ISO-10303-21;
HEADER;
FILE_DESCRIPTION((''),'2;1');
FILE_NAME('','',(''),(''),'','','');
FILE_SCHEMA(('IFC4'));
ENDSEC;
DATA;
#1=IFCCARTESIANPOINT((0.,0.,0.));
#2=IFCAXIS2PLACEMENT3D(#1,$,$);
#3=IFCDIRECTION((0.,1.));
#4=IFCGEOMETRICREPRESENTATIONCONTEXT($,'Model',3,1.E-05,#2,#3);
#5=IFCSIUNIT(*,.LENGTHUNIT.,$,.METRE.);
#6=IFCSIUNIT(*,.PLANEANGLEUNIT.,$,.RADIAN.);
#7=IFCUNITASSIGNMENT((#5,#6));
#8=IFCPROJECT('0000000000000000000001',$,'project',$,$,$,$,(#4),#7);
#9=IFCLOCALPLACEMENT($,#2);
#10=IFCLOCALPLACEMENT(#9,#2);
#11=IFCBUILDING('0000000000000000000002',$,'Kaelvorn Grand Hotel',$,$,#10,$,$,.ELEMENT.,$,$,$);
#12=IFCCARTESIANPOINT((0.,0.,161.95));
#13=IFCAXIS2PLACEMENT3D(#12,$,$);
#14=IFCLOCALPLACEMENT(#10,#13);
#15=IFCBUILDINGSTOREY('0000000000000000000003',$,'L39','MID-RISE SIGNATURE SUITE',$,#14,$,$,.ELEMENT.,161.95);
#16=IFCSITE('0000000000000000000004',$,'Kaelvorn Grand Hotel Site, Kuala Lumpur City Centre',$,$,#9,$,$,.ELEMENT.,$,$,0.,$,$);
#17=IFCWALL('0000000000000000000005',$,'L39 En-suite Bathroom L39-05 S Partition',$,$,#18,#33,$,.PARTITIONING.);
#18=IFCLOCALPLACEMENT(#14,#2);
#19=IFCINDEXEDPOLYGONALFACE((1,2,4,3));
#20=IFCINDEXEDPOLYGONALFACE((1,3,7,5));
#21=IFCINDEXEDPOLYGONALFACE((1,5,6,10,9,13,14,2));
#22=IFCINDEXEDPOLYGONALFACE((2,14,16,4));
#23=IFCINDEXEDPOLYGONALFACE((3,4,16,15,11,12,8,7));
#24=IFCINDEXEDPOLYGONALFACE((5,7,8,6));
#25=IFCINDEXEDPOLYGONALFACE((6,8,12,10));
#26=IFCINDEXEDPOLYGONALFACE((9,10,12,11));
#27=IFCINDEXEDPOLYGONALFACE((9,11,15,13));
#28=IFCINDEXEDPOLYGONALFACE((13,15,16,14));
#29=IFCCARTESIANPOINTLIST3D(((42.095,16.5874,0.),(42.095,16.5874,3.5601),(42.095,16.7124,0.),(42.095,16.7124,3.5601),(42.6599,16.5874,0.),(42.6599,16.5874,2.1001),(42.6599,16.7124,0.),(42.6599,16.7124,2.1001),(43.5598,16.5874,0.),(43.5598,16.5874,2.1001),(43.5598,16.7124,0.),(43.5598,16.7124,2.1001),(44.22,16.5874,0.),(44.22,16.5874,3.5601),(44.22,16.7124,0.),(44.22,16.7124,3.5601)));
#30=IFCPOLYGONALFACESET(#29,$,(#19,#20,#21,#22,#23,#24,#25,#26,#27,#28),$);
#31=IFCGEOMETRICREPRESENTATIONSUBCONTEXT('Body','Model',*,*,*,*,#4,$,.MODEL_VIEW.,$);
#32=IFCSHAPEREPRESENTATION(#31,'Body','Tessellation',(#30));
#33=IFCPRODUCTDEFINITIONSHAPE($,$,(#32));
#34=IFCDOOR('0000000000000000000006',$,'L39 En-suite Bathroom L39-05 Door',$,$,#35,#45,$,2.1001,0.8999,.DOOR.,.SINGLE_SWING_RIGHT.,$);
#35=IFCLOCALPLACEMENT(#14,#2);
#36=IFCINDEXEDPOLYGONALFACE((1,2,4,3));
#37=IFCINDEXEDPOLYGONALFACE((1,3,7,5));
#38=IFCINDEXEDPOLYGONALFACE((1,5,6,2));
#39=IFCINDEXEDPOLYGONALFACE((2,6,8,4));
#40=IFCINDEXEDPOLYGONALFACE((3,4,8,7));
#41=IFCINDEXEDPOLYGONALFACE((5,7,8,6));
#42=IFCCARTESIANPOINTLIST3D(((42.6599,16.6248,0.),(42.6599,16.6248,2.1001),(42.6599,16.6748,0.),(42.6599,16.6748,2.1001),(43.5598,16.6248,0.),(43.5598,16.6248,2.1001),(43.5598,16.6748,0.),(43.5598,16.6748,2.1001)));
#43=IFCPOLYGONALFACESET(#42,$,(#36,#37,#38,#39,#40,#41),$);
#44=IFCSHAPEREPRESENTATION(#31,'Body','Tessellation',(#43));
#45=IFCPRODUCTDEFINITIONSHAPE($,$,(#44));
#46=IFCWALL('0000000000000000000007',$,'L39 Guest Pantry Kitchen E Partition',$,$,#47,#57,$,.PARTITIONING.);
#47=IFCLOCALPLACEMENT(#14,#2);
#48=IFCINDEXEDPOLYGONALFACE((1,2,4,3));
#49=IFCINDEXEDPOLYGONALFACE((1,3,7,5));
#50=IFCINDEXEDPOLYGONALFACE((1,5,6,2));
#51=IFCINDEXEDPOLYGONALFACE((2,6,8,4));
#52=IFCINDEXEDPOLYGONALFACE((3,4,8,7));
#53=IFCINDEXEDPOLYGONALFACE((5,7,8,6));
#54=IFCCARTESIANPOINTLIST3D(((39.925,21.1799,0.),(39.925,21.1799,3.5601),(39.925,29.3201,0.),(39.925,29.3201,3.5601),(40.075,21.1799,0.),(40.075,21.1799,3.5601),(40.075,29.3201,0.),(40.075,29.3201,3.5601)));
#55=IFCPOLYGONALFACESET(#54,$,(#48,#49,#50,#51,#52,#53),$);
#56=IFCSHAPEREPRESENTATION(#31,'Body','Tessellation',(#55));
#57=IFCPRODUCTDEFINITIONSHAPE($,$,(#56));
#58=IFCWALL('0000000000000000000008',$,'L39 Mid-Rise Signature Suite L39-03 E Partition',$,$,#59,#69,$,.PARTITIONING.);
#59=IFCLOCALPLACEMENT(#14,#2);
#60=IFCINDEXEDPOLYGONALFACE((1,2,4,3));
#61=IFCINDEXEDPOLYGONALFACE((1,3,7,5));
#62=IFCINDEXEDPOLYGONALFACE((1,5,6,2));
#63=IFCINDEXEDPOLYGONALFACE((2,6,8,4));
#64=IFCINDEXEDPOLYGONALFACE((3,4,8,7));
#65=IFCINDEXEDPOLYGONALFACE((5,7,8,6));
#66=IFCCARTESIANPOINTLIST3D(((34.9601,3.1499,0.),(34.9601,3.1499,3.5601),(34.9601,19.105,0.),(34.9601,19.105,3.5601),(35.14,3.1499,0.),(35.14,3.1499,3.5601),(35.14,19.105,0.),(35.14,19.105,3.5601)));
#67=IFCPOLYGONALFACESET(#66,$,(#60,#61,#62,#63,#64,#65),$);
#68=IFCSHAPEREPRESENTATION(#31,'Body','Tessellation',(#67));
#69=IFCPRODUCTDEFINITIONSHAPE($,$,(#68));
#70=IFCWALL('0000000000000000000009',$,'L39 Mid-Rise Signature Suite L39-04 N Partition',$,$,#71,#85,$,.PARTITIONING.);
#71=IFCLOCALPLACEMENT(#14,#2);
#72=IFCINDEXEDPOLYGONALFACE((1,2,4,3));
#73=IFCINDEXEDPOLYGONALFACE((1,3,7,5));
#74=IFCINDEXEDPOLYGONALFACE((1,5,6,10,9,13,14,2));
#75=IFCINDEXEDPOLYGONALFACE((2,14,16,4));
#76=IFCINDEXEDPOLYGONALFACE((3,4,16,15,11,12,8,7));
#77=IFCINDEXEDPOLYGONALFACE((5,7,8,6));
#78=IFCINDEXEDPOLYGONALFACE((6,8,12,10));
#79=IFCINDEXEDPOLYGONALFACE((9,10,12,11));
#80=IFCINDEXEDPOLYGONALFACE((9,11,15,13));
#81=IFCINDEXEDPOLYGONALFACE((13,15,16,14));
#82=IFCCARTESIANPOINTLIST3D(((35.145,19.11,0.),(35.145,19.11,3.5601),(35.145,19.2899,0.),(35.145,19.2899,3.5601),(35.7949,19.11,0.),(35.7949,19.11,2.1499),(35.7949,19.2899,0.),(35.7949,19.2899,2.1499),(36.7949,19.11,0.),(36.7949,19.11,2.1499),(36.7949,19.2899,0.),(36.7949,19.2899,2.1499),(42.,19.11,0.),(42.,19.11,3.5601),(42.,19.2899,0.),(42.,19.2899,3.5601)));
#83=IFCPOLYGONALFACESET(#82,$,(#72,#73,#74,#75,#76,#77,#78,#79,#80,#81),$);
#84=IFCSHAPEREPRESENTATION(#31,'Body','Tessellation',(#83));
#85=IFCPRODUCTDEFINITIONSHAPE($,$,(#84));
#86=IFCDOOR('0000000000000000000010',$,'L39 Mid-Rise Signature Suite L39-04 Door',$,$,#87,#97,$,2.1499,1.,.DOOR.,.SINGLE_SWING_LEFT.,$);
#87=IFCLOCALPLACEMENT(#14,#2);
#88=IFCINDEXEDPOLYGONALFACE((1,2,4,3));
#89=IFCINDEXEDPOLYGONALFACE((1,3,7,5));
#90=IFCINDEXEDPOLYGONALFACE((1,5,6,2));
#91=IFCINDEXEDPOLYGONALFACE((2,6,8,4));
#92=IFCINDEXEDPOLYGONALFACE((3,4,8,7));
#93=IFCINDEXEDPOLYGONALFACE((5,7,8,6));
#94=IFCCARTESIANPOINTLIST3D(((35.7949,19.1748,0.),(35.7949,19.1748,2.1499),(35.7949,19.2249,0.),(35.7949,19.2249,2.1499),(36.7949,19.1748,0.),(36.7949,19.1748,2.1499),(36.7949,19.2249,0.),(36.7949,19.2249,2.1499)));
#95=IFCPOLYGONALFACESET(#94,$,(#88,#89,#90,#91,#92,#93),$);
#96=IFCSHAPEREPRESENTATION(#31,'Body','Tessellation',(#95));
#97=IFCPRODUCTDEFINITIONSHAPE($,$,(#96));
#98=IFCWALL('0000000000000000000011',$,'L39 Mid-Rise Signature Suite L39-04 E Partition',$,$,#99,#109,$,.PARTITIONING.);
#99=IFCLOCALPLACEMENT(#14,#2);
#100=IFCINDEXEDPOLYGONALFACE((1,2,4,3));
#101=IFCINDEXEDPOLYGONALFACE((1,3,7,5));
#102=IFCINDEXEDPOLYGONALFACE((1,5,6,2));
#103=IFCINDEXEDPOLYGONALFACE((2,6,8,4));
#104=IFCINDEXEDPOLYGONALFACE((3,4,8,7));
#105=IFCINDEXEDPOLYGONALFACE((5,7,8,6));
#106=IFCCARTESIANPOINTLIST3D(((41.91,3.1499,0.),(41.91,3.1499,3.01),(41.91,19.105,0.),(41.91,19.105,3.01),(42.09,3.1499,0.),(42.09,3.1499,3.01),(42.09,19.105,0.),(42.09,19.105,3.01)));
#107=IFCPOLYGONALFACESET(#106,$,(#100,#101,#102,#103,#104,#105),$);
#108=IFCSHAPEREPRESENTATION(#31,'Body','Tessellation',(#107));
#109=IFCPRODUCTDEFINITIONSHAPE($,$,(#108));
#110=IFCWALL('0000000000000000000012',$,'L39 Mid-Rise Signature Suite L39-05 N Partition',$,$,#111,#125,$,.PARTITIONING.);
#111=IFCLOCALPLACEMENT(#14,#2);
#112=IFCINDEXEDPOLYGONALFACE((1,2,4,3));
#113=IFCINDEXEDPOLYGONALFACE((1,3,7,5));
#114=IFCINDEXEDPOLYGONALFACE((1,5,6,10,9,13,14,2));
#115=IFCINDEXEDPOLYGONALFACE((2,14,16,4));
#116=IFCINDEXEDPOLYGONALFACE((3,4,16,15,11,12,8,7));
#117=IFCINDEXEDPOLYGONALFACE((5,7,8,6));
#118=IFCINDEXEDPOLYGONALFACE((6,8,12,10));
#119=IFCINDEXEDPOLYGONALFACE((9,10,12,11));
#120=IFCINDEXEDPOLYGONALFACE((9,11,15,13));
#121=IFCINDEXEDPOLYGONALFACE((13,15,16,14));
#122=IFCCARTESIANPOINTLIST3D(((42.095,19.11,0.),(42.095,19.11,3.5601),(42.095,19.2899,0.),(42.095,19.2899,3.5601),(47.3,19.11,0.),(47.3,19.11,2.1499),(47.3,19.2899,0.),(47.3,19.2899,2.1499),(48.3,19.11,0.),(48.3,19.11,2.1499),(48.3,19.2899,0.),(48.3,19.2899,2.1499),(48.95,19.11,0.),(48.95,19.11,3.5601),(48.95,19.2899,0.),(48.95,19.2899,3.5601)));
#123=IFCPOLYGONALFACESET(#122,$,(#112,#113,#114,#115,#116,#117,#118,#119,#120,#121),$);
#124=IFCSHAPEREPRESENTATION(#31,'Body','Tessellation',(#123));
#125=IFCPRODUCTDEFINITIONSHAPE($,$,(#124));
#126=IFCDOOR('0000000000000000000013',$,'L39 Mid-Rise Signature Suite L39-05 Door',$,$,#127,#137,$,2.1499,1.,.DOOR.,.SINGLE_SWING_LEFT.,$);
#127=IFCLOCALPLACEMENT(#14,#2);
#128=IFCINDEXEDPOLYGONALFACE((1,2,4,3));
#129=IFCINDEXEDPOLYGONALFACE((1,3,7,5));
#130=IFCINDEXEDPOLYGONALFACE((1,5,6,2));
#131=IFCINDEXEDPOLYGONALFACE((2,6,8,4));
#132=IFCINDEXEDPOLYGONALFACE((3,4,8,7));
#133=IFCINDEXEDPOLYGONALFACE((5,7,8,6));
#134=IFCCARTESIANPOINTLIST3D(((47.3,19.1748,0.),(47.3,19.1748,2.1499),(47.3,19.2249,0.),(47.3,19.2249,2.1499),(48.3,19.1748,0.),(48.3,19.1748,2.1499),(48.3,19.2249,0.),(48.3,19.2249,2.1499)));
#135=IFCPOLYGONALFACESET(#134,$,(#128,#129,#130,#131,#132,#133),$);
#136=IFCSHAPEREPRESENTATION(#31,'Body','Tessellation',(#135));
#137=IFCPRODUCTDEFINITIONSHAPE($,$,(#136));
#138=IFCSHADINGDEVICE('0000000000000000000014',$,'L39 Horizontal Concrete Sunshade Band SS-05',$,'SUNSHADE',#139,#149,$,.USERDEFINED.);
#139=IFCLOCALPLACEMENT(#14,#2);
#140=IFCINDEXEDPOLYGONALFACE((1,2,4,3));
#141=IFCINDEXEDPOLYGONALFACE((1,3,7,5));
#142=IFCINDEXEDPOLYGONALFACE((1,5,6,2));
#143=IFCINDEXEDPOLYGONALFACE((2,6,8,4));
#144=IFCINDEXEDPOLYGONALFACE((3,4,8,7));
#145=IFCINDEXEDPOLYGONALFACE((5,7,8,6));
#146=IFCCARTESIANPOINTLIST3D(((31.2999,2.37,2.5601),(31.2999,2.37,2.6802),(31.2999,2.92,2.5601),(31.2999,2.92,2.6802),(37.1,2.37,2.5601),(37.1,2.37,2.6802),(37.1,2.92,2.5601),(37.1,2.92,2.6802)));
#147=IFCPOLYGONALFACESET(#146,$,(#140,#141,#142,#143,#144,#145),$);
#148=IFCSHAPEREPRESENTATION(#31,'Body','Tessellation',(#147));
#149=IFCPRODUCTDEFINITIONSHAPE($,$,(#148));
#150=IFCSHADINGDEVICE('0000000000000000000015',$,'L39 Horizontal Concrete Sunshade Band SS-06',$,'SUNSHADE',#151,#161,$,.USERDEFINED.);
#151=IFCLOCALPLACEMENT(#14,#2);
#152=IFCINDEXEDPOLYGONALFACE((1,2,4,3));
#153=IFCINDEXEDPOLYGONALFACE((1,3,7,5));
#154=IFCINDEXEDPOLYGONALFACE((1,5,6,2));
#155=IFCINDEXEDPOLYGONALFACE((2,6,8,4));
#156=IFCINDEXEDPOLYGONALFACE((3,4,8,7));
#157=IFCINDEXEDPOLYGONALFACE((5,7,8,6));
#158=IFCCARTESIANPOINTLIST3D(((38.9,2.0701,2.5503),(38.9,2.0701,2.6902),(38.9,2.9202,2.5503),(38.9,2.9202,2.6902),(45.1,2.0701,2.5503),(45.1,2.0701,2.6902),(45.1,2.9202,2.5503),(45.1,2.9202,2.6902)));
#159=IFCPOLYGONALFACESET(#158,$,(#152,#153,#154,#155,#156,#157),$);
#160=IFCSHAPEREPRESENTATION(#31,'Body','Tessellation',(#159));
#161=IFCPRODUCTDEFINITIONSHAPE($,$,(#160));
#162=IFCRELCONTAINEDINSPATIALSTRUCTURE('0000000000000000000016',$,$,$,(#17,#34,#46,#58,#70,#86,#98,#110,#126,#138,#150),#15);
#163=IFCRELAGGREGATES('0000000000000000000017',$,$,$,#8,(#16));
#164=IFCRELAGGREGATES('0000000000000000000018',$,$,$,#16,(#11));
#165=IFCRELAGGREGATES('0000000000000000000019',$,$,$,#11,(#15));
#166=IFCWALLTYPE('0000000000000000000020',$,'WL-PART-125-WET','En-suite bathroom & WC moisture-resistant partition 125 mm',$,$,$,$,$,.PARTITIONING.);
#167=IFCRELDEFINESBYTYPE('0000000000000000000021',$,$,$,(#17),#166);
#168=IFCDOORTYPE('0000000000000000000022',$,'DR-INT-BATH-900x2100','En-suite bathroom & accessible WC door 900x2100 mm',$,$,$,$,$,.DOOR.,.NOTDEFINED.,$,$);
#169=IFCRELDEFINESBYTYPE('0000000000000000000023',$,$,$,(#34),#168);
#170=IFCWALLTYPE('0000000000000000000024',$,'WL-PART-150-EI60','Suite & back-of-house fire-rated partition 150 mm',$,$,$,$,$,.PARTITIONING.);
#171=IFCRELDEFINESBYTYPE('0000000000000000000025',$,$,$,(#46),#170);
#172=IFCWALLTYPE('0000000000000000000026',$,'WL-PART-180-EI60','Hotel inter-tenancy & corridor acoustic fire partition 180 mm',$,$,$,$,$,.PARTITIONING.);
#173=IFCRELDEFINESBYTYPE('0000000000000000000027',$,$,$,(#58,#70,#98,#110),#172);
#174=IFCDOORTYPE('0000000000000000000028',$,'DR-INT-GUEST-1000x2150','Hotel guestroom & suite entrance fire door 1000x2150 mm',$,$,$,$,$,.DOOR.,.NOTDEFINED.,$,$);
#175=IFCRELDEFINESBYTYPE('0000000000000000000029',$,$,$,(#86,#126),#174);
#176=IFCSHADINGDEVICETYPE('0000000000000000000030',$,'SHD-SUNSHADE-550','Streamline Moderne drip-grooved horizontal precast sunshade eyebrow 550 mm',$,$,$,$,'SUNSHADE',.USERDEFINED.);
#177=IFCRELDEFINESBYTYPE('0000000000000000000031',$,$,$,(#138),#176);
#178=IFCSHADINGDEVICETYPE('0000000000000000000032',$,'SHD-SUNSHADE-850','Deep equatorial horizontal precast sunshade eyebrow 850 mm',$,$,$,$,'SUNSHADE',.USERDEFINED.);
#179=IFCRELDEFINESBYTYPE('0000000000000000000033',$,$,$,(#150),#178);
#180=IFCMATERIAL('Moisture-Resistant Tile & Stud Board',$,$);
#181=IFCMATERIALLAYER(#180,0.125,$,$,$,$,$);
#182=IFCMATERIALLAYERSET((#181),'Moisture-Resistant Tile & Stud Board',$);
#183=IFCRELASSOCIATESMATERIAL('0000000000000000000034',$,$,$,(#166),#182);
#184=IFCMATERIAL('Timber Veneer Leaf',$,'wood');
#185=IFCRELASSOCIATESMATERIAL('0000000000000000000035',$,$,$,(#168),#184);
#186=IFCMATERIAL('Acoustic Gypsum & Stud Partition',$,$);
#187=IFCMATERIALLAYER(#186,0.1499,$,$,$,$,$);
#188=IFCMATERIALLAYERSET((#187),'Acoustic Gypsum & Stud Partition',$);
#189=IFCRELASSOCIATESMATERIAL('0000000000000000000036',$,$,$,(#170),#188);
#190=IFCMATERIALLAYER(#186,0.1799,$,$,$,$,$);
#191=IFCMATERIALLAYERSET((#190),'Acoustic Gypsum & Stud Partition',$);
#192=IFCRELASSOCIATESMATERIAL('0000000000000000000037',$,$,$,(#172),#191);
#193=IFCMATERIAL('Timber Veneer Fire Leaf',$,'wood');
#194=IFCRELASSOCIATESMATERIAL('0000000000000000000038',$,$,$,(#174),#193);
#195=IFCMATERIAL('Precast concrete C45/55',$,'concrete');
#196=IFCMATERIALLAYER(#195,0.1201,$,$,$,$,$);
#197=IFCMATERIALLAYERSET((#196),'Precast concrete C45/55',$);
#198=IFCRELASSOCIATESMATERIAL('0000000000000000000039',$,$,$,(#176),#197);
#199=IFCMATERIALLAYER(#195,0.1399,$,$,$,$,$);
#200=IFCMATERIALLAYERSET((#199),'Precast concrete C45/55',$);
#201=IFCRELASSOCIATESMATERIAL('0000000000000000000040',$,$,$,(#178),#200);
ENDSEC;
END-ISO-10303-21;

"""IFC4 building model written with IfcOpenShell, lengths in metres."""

from ifc_helpers import new_model, si_unit, direction, frame, frame_2d, origin, origin_2d, place, context, subcontext, project, spatial, rectangle, extrude, material, layer, layer_set, type_object, element, fill, save


model = new_model("IFC4")

# Units and contexts
model_context = context("Model", 3, precision=1e-05, world=origin(), true_north=direction((0.0, 1.0)))
body_context = subcontext(model_context, "Body", "Model", "MODEL_VIEW")
ifc_project = project(units=[si_unit("LENGTHUNIT", "METRE"), si_unit("PLANEANGLEUNIT", "RADIAN")], contexts=[model_context])

# Site, building, storey
site_placement = place(None, origin())
site = spatial("IfcSite", under=ifc_project, at=site_placement, Name="Kaelvorn Grand Hotel Site, Kuala Lumpur City Centre", CompositionType="ELEMENT", RefElevation=0.0)
building_placement = place(site_placement, origin())
building = spatial("IfcBuilding", under=site, at=building_placement, Name="Kaelvorn Grand Hotel", CompositionType="ELEMENT")
storey_placement = place(building_placement, frame((0.0, 0.0, 161.95)))
storey = spatial("IfcBuildingStorey", under=building, at=storey_placement, Name="L39", Description="MID-RISE SIGNATURE SUITE", CompositionType="ELEMENT", Elevation=161.95)

# Shared definitions
ifc_material_1 = material(Name="Moisture-Resistant Tile & Stud Board")
ifc_layer_1 = layer(ifc_material_1, 0.125)
ifc_layer_set_1 = layer_set([ifc_layer_1], Name="Moisture-Resistant Tile & Stud Board")
wall_type_1 = type_object("IfcWallType", Name="WL-PART-125-WET", Description="En-suite bathroom & WC moisture-resistant partition 125 mm", PredefinedType="PARTITIONING", material=ifc_layer_set_1)
ifc_material_2 = material(Name="Timber Veneer Leaf", Category="wood")
door_type_1 = type_object("IfcDoorType", Name="DR-INT-BATH-900x2100", Description="En-suite bathroom & accessible WC door 900x2100 mm", OperationType="NOTDEFINED", PredefinedType="DOOR", material=ifc_material_2)

# Wall, opening, door
wall_1_placement = place(storey_placement, frame((42.095, 16.6499, 0.0), z_axis=(0.0, 0.0, 1.0), x_axis=(1.0, 0.0, 0.0)))
wall_1 = element("IfcWall", 1, at=wall_1_placement, inside=storey, type_object=wall_type_1, Name="L39 En-suite Bathroom L39-05 S Partition", PredefinedType="PARTITIONING", context=body_context, shape_type="SweptSolid", body=[
    extrude(rectangle(XDim=2.125, YDim=0.125, at=frame_2d((1.0625, 0.0))), origin(), (0.0, 0.0, 1.0), 3.5601),
])
opening_1_placement = place(wall_1_placement, frame((0.5649, 0.0, 0.0)))
opening_1 = element("IfcOpeningElement", 2, at=opening_1_placement, cuts=wall_1, PredefinedType="OPENING", context=body_context, shape_type="SweptSolid", body=[
    extrude(rectangle(XDim=0.8999, YDim=2.1001, at=frame_2d((0.45, 1.05))), frame((0.0, 0.0725, 0.0), z_axis=(0.0, -1.0, 0.0), x_axis=(1.0, 0.0, 0.0)), (0.0, 0.0, 1.0), 0.145),
])
door_1_placement = place(opening_1_placement, origin())
door_1 = element("IfcDoor", 3, at=door_1_placement, inside=storey, type_object=door_type_1, Name="L39 En-suite Bathroom L39-05 Door", OperationType="SINGLE_SWING_RIGHT", OverallHeight=2.1001, OverallWidth=0.8999, PredefinedType="DOOR", context=body_context, shape_type="SweptSolid", body=[
    extrude(rectangle(XDim=0.8999, YDim=2.1001, at=frame_2d((0.45, 1.05))), frame((0.0, 0.0249, 0.0), z_axis=(0.0, -1.0, 0.0), x_axis=(1.0, 0.0, 0.0)), (0.0, 0.0, 1.0), 0.05),
])
fill(opening_1, door_1)

# Walls
ifc_material_3 = material(Name="Acoustic Gypsum & Stud Partition")
ifc_layer_2 = layer(ifc_material_3, 0.1499)
ifc_layer_set_2 = layer_set([ifc_layer_2], Name="Acoustic Gypsum & Stud Partition")
wall_type_2 = type_object("IfcWallType", Name="WL-PART-150-EI60", Description="Suite & back-of-house fire-rated partition 150 mm", PredefinedType="PARTITIONING", material=ifc_layer_set_2)
wall_2_placement = place(storey_placement, frame((40.0, 21.1799, 0.0), z_axis=(0.0, 0.0, 1.0), x_axis=(0.0, 1.0, 0.0)))
element("IfcWall", 4, at=wall_2_placement, inside=storey, type_object=wall_type_2, Name="L39 Guest Pantry Kitchen E Partition", PredefinedType="PARTITIONING", context=body_context, shape_type="SweptSolid", body=[
    extrude(rectangle(XDim=8.1401, YDim=0.1499, at=frame_2d((4.0701, 0.0))), origin(), (0.0, 0.0, 1.0), 3.5601),
])
ifc_layer_3 = layer(ifc_material_3, 0.1799)
ifc_layer_set_3 = layer_set([ifc_layer_3], Name="Acoustic Gypsum & Stud Partition")
wall_type_3 = type_object("IfcWallType", Name="WL-PART-180-EI60", Description="Hotel inter-tenancy & corridor acoustic fire partition 180 mm", PredefinedType="PARTITIONING", material=ifc_layer_set_3)
wall_3_placement = place(storey_placement, frame((35.05, 3.1499, 0.0), z_axis=(0.0, 0.0, 1.0), x_axis=(0.0, 1.0, 0.0)))
element("IfcWall", 5, at=wall_3_placement, inside=storey, type_object=wall_type_3, Name="L39 Mid-Rise Signature Suite L39-03 E Partition", PredefinedType="PARTITIONING", context=body_context, shape_type="SweptSolid", body=[
    extrude(rectangle(XDim=15.9551, YDim=0.1799, at=frame_2d((7.9775, 0.0))), origin(), (0.0, 0.0, 1.0), 3.5601),
])

# Wall, opening, door
wall_4_placement = place(storey_placement, frame((35.145, 19.2, 0.0), z_axis=(0.0, 0.0, 1.0), x_axis=(1.0, 0.0, 0.0)))
wall_4 = element("IfcWall", 6, at=wall_4_placement, inside=storey, type_object=wall_type_3, Name="L39 Mid-Rise Signature Suite L39-04 N Partition", PredefinedType="PARTITIONING", context=body_context, shape_type="SweptSolid", body=[
    extrude(rectangle(XDim=6.855, YDim=0.1799, at=frame_2d((3.4275, 0.0))), origin(), (0.0, 0.0, 1.0), 3.5601),
])
opening_2_placement = place(wall_4_placement, frame((0.6499, 0.0, 0.0)))
opening_2 = element("IfcOpeningElement", 7, at=opening_2_placement, cuts=wall_4, PredefinedType="OPENING", context=body_context, shape_type="SweptSolid", body=[
    extrude(rectangle(XDim=1.0, YDim=2.1499, at=frame_2d((0.5, 1.075))), frame((0.0, 0.1001, 0.0), z_axis=(0.0, -1.0, 0.0), x_axis=(1.0, 0.0, 0.0)), (0.0, 0.0, 1.0), 0.2),
])
ifc_material_4 = material(Name="Timber Veneer Fire Leaf", Category="wood")
door_type_2 = type_object("IfcDoorType", Name="DR-INT-GUEST-1000x2150", Description="Hotel guestroom & suite entrance fire door 1000x2150 mm", OperationType="NOTDEFINED", PredefinedType="DOOR", material=ifc_material_4)
door_2_placement = place(opening_2_placement, origin())
door_2 = element("IfcDoor", 8, at=door_2_placement, inside=storey, type_object=door_type_2, Name="L39 Mid-Rise Signature Suite L39-04 Door", OperationType="SINGLE_SWING_LEFT", OverallHeight=2.1499, OverallWidth=1.0, PredefinedType="DOOR", context=body_context, shape_type="SweptSolid", body=[
    extrude(rectangle(XDim=1.0, YDim=2.1499, at=frame_2d((0.5, 1.075))), frame((0.0, 0.0249, 0.0), z_axis=(0.0, -1.0, 0.0), x_axis=(1.0, 0.0, 0.0)), (0.0, 0.0, 1.0), 0.05),
])
fill(opening_2, door_2)

# Wall
wall_5_placement = place(storey_placement, frame((42.0, 3.1499, 0.0), z_axis=(0.0, 0.0, 1.0), x_axis=(0.0, 1.0, 0.0)))
element("IfcWall", 9, at=wall_5_placement, inside=storey, type_object=wall_type_3, Name="L39 Mid-Rise Signature Suite L39-04 E Partition", PredefinedType="PARTITIONING", context=body_context, shape_type="SweptSolid", body=[
    extrude(rectangle(XDim=15.9551, YDim=0.1799, at=frame_2d((7.9775, 0.0))), origin(), (0.0, 0.0, 1.0), 3.01),
])

# Wall, opening, door
wall_6_placement = place(storey_placement, frame((42.095, 19.2, 0.0), z_axis=(0.0, 0.0, 1.0), x_axis=(1.0, 0.0, 0.0)))
wall_6 = element("IfcWall", 10, at=wall_6_placement, inside=storey, type_object=wall_type_3, Name="L39 Mid-Rise Signature Suite L39-05 N Partition", PredefinedType="PARTITIONING", context=body_context, shape_type="SweptSolid", body=[
    extrude(rectangle(XDim=6.855, YDim=0.1799, at=frame_2d((3.4275, 0.0))), origin(), (0.0, 0.0, 1.0), 3.5601),
])
opening_3_placement = place(wall_6_placement, frame((5.2051, 0.0, 0.0)))
opening_3 = element("IfcOpeningElement", 11, at=opening_3_placement, cuts=wall_6, PredefinedType="OPENING", context=body_context, shape_type="SweptSolid", body=[
    extrude(rectangle(XDim=1.0, YDim=2.1499, at=frame_2d((0.5, 1.075))), frame((0.0, 0.1001, 0.0), z_axis=(0.0, -1.0, 0.0), x_axis=(1.0, 0.0, 0.0)), (0.0, 0.0, 1.0), 0.2),
])
door_3_placement = place(opening_3_placement, origin())
door_3 = element("IfcDoor", 12, at=door_3_placement, inside=storey, type_object=door_type_2, Name="L39 Mid-Rise Signature Suite L39-05 Door", OperationType="SINGLE_SWING_LEFT", OverallHeight=2.1499, OverallWidth=1.0, PredefinedType="DOOR", context=body_context, shape_type="SweptSolid", body=[
    extrude(rectangle(XDim=1.0, YDim=2.1499, at=frame_2d((0.5, 1.075))), frame((0.0, 0.0249, 0.0), z_axis=(0.0, -1.0, 0.0), x_axis=(1.0, 0.0, 0.0)), (0.0, 0.0, 1.0), 0.05),
])
fill(opening_3, door_3)

# Shading devices
ifc_material_5 = material(Name="Precast concrete C45/55", Category="concrete")
ifc_layer_4 = layer(ifc_material_5, 0.1201)
ifc_layer_set_4 = layer_set([ifc_layer_4], Name="Precast concrete C45/55")
shading_device_type_1 = type_object("IfcShadingDeviceType", Name="SHD-SUNSHADE-550", Description="Streamline Moderne drip-grooved horizontal precast sunshade eyebrow 550 mm", ElementType="SUNSHADE", PredefinedType="USERDEFINED", material=ifc_layer_set_4)
shading_device_1_placement = place(storey_placement, frame((34.2, 2.645, 2.5601), z_axis=(0.0, 0.0, 1.0), x_axis=(1.0, 0.0, 0.0)))
element("IfcShadingDevice", 13, at=shading_device_1_placement, inside=storey, type_object=shading_device_type_1, Name="L39 Horizontal Concrete Sunshade Band SS-05", ObjectType="SUNSHADE", PredefinedType="USERDEFINED", context=body_context, shape_type="SweptSolid", body=[
    extrude(rectangle(XDim=5.8, YDim=0.55, at=origin_2d()), origin(), (0.0, 0.0, 1.0), 0.1201),
])
ifc_layer_5 = layer(ifc_material_5, 0.1399)
ifc_layer_set_5 = layer_set([ifc_layer_5], Name="Precast concrete C45/55")
shading_device_type_2 = type_object("IfcShadingDeviceType", Name="SHD-SUNSHADE-850", Description="Deep equatorial horizontal precast sunshade eyebrow 850 mm", ElementType="SUNSHADE", PredefinedType="USERDEFINED", material=ifc_layer_set_5)
shading_device_2_placement = place(storey_placement, frame((42.0, 2.4951, 2.5503), z_axis=(0.0, 0.0, 1.0), x_axis=(1.0, 0.0, 0.0)))
element("IfcShadingDevice", 14, at=shading_device_2_placement, inside=storey, type_object=shading_device_type_2, Name="L39 Horizontal Concrete Sunshade Band SS-06", ObjectType="SUNSHADE", PredefinedType="USERDEFINED", context=body_context, shape_type="SweptSolid", body=[
    extrude(rectangle(XDim=6.2, YDim=0.8501, at=origin_2d()), origin(), (0.0, 0.0, 1.0), 0.1399),
])

save(model, "model.ifc")
